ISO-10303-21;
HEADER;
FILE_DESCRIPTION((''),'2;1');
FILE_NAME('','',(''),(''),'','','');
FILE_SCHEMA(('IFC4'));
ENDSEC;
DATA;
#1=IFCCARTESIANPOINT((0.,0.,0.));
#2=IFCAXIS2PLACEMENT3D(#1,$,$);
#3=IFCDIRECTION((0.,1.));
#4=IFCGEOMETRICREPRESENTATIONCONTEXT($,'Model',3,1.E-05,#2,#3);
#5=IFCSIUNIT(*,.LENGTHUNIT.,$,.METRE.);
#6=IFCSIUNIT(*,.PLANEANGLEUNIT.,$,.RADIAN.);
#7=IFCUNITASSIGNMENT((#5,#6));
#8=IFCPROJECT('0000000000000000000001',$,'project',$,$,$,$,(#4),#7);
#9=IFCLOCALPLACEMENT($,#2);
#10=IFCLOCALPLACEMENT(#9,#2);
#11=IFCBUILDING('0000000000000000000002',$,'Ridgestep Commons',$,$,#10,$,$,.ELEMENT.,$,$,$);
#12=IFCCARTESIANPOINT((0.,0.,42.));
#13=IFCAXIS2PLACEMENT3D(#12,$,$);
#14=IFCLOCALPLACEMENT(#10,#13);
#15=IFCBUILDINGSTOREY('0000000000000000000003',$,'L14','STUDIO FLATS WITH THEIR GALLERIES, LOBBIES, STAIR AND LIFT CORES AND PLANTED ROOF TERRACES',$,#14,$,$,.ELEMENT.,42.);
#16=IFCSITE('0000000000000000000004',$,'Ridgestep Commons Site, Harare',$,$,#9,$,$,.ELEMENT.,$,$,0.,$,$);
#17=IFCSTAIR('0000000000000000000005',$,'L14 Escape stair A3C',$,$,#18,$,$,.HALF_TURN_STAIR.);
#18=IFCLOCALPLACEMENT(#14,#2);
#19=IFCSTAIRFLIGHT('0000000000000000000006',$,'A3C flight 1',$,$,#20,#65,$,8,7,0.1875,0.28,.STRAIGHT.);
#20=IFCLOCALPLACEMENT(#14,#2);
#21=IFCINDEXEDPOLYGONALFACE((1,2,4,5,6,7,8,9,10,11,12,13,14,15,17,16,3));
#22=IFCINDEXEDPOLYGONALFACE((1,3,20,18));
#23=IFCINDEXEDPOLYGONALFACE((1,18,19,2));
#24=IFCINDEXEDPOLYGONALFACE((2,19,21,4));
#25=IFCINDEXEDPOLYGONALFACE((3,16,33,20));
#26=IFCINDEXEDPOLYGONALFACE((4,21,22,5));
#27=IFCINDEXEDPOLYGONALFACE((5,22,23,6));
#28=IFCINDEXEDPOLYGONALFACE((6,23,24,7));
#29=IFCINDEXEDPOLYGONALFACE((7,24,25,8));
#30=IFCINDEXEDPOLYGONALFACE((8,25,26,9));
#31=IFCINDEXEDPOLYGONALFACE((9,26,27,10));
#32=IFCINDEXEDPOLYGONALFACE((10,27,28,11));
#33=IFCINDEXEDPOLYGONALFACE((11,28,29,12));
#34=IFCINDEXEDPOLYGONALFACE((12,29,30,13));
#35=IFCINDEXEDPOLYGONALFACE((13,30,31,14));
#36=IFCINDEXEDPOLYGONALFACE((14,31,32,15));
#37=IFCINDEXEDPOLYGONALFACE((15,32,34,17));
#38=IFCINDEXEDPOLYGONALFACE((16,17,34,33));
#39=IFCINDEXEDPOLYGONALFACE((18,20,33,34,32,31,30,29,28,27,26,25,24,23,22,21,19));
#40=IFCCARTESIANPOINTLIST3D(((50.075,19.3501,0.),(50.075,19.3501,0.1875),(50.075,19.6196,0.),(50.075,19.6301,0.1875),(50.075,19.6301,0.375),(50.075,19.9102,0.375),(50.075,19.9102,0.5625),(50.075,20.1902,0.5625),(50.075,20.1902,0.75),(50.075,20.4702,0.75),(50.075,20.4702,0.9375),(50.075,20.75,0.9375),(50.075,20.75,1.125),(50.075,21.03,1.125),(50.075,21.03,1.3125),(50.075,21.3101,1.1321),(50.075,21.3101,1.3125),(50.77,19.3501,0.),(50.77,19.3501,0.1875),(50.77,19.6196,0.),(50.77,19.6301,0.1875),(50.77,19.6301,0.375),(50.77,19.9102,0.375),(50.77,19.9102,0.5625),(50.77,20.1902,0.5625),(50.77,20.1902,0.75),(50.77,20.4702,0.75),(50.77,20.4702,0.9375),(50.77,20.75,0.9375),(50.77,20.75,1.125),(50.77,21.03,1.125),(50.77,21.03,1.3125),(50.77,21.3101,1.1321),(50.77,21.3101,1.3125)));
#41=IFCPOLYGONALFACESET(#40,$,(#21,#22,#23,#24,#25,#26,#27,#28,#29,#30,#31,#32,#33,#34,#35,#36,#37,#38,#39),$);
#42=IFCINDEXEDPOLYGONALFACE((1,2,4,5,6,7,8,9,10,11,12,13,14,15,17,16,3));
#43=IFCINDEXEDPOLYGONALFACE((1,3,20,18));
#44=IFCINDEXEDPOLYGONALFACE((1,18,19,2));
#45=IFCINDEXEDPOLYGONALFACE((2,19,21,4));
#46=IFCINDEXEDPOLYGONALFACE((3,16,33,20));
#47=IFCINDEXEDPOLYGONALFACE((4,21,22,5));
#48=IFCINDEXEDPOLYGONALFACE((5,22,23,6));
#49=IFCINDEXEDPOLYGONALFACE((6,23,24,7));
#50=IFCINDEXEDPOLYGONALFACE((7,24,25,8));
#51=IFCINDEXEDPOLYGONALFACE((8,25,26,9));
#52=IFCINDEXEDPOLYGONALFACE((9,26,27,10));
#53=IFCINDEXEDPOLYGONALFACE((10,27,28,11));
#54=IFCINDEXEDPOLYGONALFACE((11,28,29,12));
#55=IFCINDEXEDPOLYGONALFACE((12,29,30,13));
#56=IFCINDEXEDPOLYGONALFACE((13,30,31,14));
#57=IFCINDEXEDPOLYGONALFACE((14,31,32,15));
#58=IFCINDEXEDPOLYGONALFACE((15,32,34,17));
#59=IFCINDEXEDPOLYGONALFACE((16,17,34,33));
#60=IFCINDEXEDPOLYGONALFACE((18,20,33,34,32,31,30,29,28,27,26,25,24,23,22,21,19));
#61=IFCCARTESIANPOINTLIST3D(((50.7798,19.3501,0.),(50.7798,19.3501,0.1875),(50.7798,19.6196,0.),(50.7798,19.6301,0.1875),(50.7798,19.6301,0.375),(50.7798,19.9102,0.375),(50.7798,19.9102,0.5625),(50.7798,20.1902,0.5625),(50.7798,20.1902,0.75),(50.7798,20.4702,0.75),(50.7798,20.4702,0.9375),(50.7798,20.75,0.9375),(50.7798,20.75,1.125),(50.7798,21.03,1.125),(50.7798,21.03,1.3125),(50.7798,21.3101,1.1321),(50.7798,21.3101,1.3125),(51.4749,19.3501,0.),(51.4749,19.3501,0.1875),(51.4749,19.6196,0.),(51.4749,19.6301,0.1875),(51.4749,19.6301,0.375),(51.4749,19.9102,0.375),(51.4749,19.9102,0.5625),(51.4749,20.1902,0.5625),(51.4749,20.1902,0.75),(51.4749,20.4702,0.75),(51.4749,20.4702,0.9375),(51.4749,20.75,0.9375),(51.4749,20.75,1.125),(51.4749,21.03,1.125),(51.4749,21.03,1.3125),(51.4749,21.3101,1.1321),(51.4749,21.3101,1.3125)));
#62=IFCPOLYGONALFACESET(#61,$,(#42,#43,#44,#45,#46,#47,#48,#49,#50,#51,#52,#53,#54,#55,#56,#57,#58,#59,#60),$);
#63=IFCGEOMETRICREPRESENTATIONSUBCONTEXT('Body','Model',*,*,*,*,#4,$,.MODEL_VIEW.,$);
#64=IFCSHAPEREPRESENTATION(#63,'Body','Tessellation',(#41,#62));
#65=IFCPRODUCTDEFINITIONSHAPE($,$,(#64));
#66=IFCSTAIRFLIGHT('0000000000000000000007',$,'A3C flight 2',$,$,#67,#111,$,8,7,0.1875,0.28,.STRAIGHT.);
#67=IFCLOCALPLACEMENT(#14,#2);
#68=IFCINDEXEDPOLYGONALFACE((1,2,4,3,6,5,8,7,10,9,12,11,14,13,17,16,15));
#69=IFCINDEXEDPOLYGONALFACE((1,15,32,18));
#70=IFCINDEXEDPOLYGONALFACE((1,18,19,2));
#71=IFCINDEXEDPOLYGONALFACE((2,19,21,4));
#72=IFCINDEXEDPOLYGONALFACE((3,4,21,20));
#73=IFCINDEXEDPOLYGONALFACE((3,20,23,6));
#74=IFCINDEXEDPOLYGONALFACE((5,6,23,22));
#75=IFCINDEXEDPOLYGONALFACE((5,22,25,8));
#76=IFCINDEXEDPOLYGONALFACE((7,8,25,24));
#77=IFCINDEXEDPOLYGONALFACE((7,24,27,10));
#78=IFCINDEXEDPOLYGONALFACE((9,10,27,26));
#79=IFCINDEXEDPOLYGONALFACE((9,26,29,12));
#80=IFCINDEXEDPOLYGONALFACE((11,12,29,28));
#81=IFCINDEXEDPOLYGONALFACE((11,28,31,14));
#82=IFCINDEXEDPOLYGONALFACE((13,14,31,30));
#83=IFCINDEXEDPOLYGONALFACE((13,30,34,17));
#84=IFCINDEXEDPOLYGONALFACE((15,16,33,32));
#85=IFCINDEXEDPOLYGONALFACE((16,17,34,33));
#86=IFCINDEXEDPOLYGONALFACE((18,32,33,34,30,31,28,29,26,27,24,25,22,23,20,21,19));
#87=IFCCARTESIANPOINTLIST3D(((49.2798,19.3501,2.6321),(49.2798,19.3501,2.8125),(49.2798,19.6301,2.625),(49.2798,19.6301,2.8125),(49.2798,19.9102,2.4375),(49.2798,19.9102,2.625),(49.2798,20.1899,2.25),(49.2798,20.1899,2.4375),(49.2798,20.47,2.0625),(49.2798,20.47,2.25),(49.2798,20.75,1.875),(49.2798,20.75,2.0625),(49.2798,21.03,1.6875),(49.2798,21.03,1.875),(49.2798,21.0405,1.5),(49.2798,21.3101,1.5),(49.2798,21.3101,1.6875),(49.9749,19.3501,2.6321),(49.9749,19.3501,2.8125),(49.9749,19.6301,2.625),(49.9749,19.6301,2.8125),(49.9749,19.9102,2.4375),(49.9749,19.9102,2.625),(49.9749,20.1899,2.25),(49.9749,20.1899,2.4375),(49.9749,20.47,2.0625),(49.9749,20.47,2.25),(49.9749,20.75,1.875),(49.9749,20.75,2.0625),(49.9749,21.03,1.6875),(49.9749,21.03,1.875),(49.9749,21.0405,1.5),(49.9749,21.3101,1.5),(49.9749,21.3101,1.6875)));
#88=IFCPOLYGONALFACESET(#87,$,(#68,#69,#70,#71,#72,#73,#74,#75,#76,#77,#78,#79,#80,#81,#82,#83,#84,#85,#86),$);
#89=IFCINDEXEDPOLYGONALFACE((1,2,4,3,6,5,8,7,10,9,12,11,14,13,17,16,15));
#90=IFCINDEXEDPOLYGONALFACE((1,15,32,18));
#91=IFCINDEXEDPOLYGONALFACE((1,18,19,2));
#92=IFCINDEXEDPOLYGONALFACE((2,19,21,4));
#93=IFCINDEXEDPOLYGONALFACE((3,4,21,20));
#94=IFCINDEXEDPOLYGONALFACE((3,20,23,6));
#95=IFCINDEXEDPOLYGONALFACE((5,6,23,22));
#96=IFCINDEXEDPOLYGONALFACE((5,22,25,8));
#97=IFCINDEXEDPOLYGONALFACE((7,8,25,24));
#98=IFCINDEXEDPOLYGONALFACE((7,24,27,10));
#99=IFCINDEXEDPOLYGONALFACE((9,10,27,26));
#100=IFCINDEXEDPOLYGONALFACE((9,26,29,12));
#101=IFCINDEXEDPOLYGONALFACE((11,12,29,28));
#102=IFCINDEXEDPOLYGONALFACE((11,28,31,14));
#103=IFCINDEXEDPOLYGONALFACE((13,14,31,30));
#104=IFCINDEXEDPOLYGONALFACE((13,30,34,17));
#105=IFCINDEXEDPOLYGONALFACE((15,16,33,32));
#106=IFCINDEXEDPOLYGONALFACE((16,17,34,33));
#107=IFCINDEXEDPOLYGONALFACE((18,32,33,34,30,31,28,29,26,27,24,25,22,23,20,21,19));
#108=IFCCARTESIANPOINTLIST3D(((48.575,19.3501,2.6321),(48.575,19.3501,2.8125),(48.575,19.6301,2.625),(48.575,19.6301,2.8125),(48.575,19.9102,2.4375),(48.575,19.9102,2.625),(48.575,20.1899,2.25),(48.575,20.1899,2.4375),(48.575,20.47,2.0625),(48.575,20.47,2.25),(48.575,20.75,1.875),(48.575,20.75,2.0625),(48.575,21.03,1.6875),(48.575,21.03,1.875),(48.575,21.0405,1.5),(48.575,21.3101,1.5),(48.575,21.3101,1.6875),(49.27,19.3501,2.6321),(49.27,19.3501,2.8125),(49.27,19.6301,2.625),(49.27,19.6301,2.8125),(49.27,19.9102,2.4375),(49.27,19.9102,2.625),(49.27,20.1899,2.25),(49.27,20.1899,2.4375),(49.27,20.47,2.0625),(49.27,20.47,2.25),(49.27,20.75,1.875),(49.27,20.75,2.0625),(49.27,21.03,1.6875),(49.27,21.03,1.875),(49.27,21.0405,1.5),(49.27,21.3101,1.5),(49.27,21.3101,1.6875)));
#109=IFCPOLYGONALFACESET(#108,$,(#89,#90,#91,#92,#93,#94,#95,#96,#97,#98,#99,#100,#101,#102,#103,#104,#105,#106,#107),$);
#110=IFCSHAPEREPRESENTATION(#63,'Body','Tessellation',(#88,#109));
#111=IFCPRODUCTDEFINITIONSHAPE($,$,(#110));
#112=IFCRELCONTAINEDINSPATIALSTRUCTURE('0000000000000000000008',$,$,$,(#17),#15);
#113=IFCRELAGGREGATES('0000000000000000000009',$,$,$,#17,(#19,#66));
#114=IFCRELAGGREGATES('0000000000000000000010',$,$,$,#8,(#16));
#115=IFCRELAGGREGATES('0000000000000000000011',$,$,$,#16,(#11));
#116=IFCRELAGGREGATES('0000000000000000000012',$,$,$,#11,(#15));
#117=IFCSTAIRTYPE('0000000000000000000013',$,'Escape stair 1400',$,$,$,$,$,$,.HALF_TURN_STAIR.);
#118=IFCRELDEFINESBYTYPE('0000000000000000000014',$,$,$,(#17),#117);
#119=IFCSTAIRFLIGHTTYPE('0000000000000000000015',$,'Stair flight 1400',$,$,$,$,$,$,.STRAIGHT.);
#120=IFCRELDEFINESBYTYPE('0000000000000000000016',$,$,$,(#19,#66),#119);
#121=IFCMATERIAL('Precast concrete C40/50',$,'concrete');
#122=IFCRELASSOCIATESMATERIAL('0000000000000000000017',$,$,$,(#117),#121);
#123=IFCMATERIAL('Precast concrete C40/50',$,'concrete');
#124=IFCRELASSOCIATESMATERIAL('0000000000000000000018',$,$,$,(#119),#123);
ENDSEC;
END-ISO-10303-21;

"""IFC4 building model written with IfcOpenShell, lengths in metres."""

from ifc_helpers import new_model, si_unit, direction, frame, origin, place, context, subcontext, project, spatial, polyline, outline, extrude, material, type_object, element, aggregate, save


model = new_model("IFC4")

# Units and contexts
model_context = context("Model", 3, precision=1e-05, world=origin(), true_north=direction((0.0, 1.0)))
body_context = subcontext(model_context, "Body", "Model", "MODEL_VIEW")
ifc_project = project(units=[si_unit("LENGTHUNIT", "METRE"), si_unit("PLANEANGLEUNIT", "RADIAN")], contexts=[model_context])

# Site, building, storey
site_placement = place(None, origin())
site = spatial("IfcSite", under=ifc_project, at=site_placement, Name="Ridgestep Commons Site, Harare", CompositionType="ELEMENT", RefElevation=0.0)
building_placement = place(site_placement, origin())
building = spatial("IfcBuilding", under=site, at=building_placement, Name="Ridgestep Commons", CompositionType="ELEMENT")
storey_placement = place(building_placement, frame((0.0, 0.0, 42.0)))
storey = spatial("IfcBuildingStorey", under=building, at=storey_placement, Name="L14", Description="STUDIO FLATS WITH THEIR GALLERIES, LOBBIES, STAIR AND LIFT CORES AND PLANTED ROOF TERRACES", CompositionType="ELEMENT", Elevation=42.0)

# Stair, stair flights
ifc_material_1 = material(Name="Precast concrete C40/50", Category="concrete")
stair_type = type_object("IfcStairType", Name="Escape stair 1400", PredefinedType="HALF_TURN_STAIR", material=ifc_material_1)
stair_placement = place(storey_placement, origin())
stair = element("IfcStair", 1, at=stair_placement, inside=storey, type_object=stair_type, Name="L14 Escape stair A3C", PredefinedType="HALF_TURN_STAIR")
ifc_material_2 = material(Name="Precast concrete C40/50", Category="concrete")
stair_flight_type = type_object("IfcStairFlightType", Name="Stair flight 1400", PredefinedType="STRAIGHT", material=ifc_material_2)
stair_flight_1_placement = place(storey_placement, frame((50.7749, 19.3501, 0.0), z_axis=(0.0, 0.0, 1.0), x_axis=(0.0, 1.0, 0.0)))
stair_flight_1 = element("IfcStairFlight", 2, at=stair_flight_1_placement, type_object=stair_flight_type, Name="A3C flight 1", NumberOfRisers=8, NumberOfTreads=7, PredefinedType="STRAIGHT", RiserHeight=0.1875, TreadLength=0.28, context=body_context, shape_type="SweptSolid", body=[
    extrude(outline(polyline([(0.0, 0.0), (0.0, 0.1875), (0.28, 0.1875), (0.28, 0.375), (0.5601, 0.375), (0.5601, 0.5625), (0.8401, 0.5625), (0.8401, 0.75), (1.1201, 0.75), (1.1201, 0.9375), (1.3999, 0.9375), (1.3999, 1.125), (1.6799, 1.125), (1.6799, 1.3125), (1.96, 1.3125), (1.96, 1.5), (1.96, 1.1321), (0.2695, 0.0), (0.0, 0.0)])), frame((0.0, 0.7, 0.0), z_axis=(0.0, -1.0, 0.0), x_axis=(1.0, 0.0, 0.0)), (0.0, 0.0, 1.0), 0.6951),
    extrude(outline(polyline([(0.0, 0.0), (0.0, 0.1875), (0.28, 0.1875), (0.28, 0.375), (0.5601, 0.375), (0.5601, 0.5625), (0.8401, 0.5625), (0.8401, 0.75), (1.1201, 0.75), (1.1201, 0.9375), (1.3999, 0.9375), (1.3999, 1.125), (1.6799, 1.125), (1.6799, 1.3125), (1.96, 1.3125), (1.96, 1.5), (1.96, 1.1321), (0.2695, 0.0), (0.0, 0.0)])), frame((0.0, -0.0049, 0.0), z_axis=(0.0, -1.0, 0.0), x_axis=(1.0, 0.0, 0.0)), (0.0, 0.0, 1.0), 0.6951),
])
stair_flight_2_placement = place(storey_placement, frame((49.2749, 21.3101, 1.5), z_axis=(0.0, 0.0, 1.0), x_axis=(0.0, -1.0, 0.0)))
stair_flight_2 = element("IfcStairFlight", 3, at=stair_flight_2_placement, type_object=stair_flight_type, Name="A3C flight 2", NumberOfRisers=8, NumberOfTreads=7, PredefinedType="STRAIGHT", RiserHeight=0.1875, TreadLength=0.28, context=body_context, shape_type="SweptSolid", body=[
    extrude(outline(polyline([(0.0, 0.0), (0.0, 0.1875), (0.28, 0.1875), (0.28, 0.375), (0.5601, 0.375), (0.5601, 0.5625), (0.8401, 0.5625), (0.8401, 0.75), (1.1201, 0.75), (1.1201, 0.9375), (1.3999, 0.9375), (1.3999, 1.125), (1.6799, 1.125), (1.6799, 1.3125), (1.96, 1.3125), (1.96, 1.5), (1.96, 1.1321), (0.2695, 0.0), (0.0, 0.0)])), frame((0.0, 0.7, 0.0), z_axis=(0.0, -1.0, 0.0), x_axis=(1.0, 0.0, 0.0)), (0.0, 0.0, 1.0), 0.6951),
    extrude(outline(polyline([(0.0, 0.0), (0.0, 0.1875), (0.28, 0.1875), (0.28, 0.375), (0.5601, 0.375), (0.5601, 0.5625), (0.8401, 0.5625), (0.8401, 0.75), (1.1201, 0.75), (1.1201, 0.9375), (1.3999, 0.9375), (1.3999, 1.125), (1.6799, 1.125), (1.6799, 1.3125), (1.96, 1.3125), (1.96, 1.5), (1.96, 1.1321), (0.2695, 0.0), (0.0, 0.0)])), frame((0.0, -0.0049, 0.0), z_axis=(0.0, -1.0, 0.0), x_axis=(1.0, 0.0, 0.0)), (0.0, 0.0, 1.0), 0.6951),
])
aggregate(stair, [stair_flight_1, stair_flight_2])

save(model, "model.ifc")
